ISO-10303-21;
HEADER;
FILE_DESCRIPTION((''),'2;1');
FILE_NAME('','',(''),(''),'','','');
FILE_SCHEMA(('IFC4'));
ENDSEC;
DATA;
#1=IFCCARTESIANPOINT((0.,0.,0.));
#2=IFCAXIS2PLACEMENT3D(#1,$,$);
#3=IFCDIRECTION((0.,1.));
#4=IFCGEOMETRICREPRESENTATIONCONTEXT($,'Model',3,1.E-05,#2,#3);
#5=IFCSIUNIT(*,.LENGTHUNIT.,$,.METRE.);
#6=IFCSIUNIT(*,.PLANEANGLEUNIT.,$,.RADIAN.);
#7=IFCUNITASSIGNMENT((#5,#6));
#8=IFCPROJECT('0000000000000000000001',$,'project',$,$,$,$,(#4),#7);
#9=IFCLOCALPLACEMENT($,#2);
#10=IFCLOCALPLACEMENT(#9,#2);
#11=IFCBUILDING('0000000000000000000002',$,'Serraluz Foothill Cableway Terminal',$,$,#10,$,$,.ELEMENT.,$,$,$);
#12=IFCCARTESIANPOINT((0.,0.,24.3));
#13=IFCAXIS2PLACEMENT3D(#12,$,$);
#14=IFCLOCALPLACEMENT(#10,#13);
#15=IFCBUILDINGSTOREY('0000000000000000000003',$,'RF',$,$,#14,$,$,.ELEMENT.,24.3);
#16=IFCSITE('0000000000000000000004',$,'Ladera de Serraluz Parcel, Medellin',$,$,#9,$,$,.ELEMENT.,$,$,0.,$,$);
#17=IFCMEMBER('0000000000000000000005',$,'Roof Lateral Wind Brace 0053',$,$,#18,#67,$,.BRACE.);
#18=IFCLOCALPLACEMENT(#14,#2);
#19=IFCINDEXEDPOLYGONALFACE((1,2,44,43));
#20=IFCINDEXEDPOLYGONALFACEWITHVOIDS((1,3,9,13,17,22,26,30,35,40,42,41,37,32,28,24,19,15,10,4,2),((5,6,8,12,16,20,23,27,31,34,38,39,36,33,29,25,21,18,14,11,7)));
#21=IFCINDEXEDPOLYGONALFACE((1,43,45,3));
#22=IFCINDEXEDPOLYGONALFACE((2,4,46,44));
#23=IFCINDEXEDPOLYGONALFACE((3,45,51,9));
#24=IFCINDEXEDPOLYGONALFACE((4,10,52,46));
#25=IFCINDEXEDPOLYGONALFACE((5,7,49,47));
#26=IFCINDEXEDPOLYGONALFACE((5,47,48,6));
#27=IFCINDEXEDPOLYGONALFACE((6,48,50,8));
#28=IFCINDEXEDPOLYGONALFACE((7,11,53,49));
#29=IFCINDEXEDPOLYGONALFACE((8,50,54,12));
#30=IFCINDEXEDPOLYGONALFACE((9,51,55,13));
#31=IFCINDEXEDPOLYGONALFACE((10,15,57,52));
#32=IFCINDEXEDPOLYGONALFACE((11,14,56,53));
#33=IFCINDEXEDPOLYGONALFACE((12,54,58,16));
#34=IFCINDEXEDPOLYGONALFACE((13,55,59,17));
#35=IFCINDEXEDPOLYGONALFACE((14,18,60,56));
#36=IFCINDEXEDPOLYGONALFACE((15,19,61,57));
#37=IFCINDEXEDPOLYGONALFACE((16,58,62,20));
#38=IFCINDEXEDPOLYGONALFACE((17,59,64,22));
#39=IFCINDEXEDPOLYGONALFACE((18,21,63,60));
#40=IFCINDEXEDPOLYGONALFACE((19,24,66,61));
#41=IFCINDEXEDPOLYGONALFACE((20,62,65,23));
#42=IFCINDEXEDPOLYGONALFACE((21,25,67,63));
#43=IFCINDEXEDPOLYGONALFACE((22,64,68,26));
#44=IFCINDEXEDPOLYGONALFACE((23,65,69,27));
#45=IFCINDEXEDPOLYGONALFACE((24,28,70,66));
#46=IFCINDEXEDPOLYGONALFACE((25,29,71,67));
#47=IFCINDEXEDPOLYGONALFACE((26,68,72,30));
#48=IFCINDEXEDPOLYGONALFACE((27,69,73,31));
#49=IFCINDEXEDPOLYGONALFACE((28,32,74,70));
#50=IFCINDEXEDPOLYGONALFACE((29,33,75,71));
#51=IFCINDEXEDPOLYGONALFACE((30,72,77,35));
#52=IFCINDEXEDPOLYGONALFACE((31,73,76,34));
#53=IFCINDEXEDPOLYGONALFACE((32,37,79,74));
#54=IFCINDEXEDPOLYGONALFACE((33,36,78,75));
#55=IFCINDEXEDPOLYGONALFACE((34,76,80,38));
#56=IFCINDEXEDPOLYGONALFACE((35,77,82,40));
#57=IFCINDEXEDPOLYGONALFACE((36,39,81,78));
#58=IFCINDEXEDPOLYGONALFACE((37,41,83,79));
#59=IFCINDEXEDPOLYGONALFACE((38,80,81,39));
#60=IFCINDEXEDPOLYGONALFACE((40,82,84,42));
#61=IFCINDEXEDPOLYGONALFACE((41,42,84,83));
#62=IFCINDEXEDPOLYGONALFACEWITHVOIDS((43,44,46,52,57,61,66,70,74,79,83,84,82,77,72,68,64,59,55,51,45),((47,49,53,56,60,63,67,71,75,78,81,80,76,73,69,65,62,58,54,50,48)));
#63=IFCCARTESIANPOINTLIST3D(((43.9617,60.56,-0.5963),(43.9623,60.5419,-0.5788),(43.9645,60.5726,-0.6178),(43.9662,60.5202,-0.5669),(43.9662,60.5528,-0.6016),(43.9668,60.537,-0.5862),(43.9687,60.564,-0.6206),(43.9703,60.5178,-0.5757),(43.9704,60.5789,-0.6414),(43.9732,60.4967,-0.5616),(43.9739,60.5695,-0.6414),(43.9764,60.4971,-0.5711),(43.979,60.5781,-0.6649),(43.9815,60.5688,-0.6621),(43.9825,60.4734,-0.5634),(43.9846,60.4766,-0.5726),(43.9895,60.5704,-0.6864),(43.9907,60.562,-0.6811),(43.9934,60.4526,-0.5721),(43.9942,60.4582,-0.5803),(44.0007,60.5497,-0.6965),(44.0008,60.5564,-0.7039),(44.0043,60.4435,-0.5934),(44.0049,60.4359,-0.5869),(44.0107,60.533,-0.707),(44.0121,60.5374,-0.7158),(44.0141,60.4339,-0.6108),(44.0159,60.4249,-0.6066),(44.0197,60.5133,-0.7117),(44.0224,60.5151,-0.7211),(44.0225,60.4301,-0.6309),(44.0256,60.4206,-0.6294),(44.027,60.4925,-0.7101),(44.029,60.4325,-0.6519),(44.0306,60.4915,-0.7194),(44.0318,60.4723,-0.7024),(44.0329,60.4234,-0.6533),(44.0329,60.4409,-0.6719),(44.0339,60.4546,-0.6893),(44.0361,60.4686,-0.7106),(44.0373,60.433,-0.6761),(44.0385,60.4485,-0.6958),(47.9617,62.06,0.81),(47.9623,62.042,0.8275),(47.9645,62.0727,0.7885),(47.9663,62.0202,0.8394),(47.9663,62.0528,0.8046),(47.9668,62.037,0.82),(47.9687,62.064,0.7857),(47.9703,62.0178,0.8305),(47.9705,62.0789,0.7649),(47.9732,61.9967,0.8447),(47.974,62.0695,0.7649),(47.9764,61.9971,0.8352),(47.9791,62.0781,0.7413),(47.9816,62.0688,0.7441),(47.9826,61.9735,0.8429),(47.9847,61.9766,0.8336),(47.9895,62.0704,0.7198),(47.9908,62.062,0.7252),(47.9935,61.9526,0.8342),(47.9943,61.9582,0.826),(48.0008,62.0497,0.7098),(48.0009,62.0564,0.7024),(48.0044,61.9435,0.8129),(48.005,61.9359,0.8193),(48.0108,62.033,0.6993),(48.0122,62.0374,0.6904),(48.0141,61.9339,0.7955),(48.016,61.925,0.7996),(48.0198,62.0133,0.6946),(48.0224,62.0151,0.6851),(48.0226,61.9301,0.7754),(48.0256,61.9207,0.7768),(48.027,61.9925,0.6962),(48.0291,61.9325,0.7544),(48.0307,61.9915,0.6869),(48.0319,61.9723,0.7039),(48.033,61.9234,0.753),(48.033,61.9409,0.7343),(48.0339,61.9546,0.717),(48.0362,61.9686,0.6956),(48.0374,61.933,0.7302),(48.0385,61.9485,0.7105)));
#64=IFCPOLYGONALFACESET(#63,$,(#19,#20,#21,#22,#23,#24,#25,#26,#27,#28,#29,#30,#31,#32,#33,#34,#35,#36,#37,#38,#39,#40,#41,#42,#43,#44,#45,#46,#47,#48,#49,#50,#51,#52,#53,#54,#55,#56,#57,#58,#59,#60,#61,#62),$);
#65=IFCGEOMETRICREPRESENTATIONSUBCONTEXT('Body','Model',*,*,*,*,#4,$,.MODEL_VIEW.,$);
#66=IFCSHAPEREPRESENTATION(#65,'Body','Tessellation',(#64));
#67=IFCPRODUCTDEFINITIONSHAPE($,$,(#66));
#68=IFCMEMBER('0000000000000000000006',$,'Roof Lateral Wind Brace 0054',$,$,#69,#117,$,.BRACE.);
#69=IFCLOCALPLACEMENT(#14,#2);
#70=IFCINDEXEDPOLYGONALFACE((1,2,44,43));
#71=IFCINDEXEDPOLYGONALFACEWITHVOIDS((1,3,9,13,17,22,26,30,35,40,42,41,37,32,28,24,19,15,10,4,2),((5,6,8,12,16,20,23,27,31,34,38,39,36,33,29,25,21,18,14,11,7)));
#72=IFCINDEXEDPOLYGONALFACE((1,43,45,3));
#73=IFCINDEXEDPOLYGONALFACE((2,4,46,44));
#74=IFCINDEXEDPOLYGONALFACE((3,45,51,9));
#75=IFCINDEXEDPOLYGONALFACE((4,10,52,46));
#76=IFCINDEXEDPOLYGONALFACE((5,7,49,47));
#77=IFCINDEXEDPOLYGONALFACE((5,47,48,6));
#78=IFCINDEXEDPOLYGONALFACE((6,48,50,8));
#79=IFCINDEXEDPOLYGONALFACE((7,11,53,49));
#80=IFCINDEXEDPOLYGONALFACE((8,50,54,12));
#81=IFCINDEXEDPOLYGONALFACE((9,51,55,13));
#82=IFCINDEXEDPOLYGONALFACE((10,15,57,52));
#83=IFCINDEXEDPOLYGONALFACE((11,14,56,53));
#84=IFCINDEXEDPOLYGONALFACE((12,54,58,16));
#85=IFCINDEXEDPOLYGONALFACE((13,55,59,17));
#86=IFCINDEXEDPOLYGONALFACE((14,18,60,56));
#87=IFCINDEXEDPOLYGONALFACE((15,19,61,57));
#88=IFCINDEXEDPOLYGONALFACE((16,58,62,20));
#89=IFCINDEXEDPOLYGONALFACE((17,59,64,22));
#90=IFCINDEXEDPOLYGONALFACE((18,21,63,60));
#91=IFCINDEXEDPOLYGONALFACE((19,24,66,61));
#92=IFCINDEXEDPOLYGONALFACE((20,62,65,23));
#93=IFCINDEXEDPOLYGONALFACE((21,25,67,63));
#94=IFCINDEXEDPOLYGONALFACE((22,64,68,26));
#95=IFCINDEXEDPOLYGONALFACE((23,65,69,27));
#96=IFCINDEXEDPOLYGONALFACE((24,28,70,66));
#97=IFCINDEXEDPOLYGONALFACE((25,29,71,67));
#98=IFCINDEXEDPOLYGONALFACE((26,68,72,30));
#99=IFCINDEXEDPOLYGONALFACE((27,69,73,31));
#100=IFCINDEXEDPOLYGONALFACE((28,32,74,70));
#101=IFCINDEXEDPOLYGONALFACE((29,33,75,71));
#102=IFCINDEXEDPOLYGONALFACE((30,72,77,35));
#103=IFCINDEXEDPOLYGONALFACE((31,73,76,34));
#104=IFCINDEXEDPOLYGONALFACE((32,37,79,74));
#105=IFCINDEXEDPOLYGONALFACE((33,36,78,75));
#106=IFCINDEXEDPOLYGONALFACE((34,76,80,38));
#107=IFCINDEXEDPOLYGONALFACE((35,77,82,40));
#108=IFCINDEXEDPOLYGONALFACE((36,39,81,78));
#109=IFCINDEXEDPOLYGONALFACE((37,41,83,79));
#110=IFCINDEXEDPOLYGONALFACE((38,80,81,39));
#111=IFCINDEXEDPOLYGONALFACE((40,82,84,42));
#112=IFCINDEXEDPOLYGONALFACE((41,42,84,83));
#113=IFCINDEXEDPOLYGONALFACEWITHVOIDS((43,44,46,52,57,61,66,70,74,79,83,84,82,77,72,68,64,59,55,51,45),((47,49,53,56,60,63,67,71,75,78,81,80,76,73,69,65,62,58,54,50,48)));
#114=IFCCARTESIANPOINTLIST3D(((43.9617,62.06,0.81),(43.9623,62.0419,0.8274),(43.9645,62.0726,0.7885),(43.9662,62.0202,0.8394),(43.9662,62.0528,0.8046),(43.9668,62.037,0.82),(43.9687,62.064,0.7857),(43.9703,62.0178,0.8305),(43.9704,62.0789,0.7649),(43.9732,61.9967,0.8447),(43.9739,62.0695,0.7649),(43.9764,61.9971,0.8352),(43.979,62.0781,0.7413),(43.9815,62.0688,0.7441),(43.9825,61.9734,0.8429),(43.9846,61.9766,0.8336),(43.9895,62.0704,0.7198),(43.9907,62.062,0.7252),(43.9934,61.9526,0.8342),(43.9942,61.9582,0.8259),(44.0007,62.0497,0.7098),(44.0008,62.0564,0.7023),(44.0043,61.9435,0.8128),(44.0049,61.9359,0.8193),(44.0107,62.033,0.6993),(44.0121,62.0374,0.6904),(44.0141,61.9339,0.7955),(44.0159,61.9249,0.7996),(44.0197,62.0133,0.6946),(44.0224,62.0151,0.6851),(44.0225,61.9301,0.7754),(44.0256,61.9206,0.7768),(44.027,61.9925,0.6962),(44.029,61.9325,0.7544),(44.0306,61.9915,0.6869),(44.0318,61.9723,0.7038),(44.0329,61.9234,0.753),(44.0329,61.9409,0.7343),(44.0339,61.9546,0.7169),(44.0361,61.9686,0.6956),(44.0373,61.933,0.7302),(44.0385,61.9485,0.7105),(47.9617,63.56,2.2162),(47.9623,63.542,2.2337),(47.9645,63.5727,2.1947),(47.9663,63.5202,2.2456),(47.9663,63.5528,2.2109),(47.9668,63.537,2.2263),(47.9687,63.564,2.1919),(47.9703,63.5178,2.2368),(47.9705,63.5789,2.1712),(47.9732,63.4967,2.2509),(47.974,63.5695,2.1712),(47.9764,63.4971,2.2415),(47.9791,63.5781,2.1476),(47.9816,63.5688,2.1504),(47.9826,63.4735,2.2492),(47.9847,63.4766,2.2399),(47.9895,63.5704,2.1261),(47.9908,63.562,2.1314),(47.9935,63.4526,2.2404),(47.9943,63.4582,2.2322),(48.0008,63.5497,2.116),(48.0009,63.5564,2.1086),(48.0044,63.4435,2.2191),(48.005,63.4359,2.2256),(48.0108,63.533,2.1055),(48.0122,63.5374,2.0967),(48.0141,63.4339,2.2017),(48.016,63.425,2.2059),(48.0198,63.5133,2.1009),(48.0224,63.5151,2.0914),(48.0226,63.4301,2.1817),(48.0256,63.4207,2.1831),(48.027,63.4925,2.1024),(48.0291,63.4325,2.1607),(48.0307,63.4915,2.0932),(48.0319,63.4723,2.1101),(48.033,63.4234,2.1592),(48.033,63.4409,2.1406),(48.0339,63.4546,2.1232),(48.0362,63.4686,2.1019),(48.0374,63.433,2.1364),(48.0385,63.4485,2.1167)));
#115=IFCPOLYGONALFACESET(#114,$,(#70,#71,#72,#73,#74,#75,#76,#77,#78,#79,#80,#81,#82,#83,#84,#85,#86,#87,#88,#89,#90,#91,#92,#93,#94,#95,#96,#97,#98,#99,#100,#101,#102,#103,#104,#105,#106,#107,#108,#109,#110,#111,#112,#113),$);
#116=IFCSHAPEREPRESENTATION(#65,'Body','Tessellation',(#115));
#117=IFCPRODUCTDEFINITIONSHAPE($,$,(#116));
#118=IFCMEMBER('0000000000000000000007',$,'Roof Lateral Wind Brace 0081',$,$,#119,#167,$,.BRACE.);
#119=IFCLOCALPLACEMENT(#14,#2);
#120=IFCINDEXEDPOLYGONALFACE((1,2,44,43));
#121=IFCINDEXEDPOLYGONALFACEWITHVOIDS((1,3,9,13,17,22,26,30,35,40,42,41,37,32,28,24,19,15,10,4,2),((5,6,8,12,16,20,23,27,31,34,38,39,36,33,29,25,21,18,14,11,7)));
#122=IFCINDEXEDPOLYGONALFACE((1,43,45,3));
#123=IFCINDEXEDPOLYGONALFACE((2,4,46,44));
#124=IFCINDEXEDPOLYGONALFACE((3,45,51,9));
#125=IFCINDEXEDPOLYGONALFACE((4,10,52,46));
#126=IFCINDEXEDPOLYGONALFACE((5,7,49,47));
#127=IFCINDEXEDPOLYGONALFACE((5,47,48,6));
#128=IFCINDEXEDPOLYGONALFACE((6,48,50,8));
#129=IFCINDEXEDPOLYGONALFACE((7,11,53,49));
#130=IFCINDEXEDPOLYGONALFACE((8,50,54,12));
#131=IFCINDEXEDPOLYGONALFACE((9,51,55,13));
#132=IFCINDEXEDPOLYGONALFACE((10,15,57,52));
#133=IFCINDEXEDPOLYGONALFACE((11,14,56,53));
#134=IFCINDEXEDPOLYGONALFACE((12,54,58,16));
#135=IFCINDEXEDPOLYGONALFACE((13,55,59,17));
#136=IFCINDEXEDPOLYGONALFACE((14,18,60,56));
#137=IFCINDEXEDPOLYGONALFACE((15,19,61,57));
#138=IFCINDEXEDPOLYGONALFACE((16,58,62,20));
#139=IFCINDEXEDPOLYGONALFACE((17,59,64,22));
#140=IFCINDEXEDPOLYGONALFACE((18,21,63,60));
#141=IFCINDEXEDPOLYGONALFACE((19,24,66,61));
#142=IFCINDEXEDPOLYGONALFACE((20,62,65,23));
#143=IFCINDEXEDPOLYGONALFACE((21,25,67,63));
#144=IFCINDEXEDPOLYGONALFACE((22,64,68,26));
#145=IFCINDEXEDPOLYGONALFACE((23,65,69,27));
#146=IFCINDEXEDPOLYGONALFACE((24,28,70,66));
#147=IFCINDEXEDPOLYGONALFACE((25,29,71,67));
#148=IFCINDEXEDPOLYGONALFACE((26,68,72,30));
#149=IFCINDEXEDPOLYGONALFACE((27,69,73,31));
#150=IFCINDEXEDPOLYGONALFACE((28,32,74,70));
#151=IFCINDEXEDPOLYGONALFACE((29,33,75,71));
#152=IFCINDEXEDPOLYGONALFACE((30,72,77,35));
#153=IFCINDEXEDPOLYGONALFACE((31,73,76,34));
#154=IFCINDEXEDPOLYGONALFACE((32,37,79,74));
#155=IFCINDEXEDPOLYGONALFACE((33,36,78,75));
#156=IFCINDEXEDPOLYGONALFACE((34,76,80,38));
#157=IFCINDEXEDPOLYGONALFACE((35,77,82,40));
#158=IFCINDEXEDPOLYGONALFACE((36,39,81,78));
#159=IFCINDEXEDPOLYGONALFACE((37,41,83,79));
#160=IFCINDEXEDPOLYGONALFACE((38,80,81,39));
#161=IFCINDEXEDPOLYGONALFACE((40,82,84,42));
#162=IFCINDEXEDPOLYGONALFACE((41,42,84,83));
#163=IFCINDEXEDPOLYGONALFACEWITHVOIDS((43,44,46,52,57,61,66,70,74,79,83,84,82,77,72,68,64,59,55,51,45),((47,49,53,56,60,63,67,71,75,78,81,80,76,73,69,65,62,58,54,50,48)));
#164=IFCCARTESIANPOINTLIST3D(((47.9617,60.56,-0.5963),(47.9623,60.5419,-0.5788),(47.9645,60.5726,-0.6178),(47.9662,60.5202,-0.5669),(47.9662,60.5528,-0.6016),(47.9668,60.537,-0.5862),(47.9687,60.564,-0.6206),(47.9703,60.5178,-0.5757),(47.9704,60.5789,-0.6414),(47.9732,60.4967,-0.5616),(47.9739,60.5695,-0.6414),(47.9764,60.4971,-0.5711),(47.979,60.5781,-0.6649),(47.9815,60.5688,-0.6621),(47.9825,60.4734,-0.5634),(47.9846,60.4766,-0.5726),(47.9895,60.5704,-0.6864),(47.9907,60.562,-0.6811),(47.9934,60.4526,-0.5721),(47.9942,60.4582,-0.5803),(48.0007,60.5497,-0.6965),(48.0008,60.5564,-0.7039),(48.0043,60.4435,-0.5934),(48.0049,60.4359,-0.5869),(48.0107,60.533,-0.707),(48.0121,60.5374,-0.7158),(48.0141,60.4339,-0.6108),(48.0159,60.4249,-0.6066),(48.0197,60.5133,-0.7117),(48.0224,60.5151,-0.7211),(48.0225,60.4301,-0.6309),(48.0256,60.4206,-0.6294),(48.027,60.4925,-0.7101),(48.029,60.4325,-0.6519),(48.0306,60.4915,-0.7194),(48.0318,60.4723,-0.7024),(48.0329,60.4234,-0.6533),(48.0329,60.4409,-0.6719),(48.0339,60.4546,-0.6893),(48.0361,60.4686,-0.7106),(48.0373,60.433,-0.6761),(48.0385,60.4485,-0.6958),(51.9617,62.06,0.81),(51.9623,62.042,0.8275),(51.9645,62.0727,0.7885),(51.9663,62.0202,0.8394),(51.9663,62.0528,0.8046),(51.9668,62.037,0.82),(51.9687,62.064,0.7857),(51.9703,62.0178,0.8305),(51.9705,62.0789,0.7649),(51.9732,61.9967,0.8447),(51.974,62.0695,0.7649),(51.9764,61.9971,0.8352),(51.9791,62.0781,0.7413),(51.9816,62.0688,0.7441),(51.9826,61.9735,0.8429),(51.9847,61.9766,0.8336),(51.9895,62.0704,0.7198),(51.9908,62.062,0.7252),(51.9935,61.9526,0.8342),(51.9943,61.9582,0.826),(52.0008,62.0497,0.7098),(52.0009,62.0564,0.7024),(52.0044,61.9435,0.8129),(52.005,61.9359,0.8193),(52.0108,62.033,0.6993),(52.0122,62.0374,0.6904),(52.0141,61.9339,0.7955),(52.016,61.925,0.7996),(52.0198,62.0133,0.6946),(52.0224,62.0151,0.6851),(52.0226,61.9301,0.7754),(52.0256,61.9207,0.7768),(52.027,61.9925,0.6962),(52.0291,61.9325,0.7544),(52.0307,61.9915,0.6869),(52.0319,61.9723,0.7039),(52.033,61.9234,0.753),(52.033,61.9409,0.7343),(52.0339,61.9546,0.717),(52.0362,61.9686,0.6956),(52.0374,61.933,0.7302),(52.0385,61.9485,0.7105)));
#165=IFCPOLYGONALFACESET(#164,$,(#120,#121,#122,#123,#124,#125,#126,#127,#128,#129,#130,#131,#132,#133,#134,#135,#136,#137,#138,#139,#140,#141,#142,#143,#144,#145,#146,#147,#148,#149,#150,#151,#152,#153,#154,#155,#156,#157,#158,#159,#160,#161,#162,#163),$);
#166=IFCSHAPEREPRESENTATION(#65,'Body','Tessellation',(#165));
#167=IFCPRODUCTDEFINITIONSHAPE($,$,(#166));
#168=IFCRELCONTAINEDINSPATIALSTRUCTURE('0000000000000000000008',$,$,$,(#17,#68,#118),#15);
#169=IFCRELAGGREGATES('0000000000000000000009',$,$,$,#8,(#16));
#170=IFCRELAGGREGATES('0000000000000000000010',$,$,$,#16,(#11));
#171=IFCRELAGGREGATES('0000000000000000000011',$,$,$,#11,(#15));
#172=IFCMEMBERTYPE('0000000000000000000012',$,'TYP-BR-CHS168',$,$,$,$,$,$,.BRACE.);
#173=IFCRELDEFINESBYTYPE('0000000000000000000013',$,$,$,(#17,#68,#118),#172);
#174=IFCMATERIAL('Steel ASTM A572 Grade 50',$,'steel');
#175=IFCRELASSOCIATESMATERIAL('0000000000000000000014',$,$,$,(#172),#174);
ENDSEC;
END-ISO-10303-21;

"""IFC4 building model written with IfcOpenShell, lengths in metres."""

from ifc_helpers import new_model, si_unit, direction, frame, origin, origin_2d, place, context, subcontext, project, spatial, hollow_circle, extrude, material, material_profile, profile_set, type_object, element, save


model = new_model("IFC4")

# Units and contexts
model_context = context("Model", 3, precision=1e-05, world=origin(), true_north=direction((0.0, 1.0)))
body_context = subcontext(model_context, "Body", "Model", "MODEL_VIEW")
ifc_project = project(units=[si_unit("LENGTHUNIT", "METRE"), si_unit("PLANEANGLEUNIT", "RADIAN")], contexts=[model_context])

# Site, building, storey
site_placement = place(None, origin())
site = spatial("IfcSite", under=ifc_project, at=site_placement, Name="Ladera de Serraluz Parcel, Medellin", CompositionType="ELEMENT", RefElevation=0.0)
building_placement = place(site_placement, origin())
building = spatial("IfcBuilding", under=site, at=building_placement, Name="Serraluz Foothill Cableway Terminal", CompositionType="ELEMENT")
storey_placement = place(building_placement, frame((0.0, 0.0, 24.3)))
storey = spatial("IfcBuildingStorey", under=building, at=storey_placement, Name="RF", CompositionType="ELEMENT", Elevation=24.3)

# Members
ifc_material_1 = material(Name="Steel ASTM A572 Grade 50", Category="steel")
ifc_material_profile_1 = material_profile(ifc_material_1, hollow_circle(Radius=0.0842, WallThickness=0.01, at=origin_2d()), Name="CHS168X10")
ifc_profile_set_1 = profile_set([ifc_material_profile_1], Name="Steel ASTM A572 Grade 50")
member_type_1 = type_object("IfcMemberType", Name="TYP-BR-CHS168", PredefinedType="BRACE", material=ifc_profile_set_1)
for number, where, z_axis, x_axis, name in (
    (1, (44.0, 60.5, -0.6414), (0.889382, 0.333518, 0.312673), (-0.351123, 0.936329, 0.0), "Roof Lateral Wind Brace 0053"),
    (2, (44.0, 62.0, 0.7649), (0.889382, 0.333518, 0.312673), (-0.351123, 0.936329, 0.0), "Roof Lateral Wind Brace 0054"),
    (3, (48.0, 60.5, -0.6414), (0.889382, 0.333518, 0.312673), (-0.351123, 0.936329, 0.0), "Roof Lateral Wind Brace 0081"),
):
    element("IfcMember", number, at=place(storey_placement, frame(where, z_axis=z_axis, x_axis=x_axis)), inside=storey, type_object=member_type_1, Name=name, PredefinedType="BRACE", context=body_context, shape_type="SweptSolid", body=[
        extrude(hollow_circle(Radius=0.0842, WallThickness=0.01, at=origin_2d()), origin(), (0.0, 0.0, 1.0), 4.4976),
    ])

save(model, "model.ifc")
